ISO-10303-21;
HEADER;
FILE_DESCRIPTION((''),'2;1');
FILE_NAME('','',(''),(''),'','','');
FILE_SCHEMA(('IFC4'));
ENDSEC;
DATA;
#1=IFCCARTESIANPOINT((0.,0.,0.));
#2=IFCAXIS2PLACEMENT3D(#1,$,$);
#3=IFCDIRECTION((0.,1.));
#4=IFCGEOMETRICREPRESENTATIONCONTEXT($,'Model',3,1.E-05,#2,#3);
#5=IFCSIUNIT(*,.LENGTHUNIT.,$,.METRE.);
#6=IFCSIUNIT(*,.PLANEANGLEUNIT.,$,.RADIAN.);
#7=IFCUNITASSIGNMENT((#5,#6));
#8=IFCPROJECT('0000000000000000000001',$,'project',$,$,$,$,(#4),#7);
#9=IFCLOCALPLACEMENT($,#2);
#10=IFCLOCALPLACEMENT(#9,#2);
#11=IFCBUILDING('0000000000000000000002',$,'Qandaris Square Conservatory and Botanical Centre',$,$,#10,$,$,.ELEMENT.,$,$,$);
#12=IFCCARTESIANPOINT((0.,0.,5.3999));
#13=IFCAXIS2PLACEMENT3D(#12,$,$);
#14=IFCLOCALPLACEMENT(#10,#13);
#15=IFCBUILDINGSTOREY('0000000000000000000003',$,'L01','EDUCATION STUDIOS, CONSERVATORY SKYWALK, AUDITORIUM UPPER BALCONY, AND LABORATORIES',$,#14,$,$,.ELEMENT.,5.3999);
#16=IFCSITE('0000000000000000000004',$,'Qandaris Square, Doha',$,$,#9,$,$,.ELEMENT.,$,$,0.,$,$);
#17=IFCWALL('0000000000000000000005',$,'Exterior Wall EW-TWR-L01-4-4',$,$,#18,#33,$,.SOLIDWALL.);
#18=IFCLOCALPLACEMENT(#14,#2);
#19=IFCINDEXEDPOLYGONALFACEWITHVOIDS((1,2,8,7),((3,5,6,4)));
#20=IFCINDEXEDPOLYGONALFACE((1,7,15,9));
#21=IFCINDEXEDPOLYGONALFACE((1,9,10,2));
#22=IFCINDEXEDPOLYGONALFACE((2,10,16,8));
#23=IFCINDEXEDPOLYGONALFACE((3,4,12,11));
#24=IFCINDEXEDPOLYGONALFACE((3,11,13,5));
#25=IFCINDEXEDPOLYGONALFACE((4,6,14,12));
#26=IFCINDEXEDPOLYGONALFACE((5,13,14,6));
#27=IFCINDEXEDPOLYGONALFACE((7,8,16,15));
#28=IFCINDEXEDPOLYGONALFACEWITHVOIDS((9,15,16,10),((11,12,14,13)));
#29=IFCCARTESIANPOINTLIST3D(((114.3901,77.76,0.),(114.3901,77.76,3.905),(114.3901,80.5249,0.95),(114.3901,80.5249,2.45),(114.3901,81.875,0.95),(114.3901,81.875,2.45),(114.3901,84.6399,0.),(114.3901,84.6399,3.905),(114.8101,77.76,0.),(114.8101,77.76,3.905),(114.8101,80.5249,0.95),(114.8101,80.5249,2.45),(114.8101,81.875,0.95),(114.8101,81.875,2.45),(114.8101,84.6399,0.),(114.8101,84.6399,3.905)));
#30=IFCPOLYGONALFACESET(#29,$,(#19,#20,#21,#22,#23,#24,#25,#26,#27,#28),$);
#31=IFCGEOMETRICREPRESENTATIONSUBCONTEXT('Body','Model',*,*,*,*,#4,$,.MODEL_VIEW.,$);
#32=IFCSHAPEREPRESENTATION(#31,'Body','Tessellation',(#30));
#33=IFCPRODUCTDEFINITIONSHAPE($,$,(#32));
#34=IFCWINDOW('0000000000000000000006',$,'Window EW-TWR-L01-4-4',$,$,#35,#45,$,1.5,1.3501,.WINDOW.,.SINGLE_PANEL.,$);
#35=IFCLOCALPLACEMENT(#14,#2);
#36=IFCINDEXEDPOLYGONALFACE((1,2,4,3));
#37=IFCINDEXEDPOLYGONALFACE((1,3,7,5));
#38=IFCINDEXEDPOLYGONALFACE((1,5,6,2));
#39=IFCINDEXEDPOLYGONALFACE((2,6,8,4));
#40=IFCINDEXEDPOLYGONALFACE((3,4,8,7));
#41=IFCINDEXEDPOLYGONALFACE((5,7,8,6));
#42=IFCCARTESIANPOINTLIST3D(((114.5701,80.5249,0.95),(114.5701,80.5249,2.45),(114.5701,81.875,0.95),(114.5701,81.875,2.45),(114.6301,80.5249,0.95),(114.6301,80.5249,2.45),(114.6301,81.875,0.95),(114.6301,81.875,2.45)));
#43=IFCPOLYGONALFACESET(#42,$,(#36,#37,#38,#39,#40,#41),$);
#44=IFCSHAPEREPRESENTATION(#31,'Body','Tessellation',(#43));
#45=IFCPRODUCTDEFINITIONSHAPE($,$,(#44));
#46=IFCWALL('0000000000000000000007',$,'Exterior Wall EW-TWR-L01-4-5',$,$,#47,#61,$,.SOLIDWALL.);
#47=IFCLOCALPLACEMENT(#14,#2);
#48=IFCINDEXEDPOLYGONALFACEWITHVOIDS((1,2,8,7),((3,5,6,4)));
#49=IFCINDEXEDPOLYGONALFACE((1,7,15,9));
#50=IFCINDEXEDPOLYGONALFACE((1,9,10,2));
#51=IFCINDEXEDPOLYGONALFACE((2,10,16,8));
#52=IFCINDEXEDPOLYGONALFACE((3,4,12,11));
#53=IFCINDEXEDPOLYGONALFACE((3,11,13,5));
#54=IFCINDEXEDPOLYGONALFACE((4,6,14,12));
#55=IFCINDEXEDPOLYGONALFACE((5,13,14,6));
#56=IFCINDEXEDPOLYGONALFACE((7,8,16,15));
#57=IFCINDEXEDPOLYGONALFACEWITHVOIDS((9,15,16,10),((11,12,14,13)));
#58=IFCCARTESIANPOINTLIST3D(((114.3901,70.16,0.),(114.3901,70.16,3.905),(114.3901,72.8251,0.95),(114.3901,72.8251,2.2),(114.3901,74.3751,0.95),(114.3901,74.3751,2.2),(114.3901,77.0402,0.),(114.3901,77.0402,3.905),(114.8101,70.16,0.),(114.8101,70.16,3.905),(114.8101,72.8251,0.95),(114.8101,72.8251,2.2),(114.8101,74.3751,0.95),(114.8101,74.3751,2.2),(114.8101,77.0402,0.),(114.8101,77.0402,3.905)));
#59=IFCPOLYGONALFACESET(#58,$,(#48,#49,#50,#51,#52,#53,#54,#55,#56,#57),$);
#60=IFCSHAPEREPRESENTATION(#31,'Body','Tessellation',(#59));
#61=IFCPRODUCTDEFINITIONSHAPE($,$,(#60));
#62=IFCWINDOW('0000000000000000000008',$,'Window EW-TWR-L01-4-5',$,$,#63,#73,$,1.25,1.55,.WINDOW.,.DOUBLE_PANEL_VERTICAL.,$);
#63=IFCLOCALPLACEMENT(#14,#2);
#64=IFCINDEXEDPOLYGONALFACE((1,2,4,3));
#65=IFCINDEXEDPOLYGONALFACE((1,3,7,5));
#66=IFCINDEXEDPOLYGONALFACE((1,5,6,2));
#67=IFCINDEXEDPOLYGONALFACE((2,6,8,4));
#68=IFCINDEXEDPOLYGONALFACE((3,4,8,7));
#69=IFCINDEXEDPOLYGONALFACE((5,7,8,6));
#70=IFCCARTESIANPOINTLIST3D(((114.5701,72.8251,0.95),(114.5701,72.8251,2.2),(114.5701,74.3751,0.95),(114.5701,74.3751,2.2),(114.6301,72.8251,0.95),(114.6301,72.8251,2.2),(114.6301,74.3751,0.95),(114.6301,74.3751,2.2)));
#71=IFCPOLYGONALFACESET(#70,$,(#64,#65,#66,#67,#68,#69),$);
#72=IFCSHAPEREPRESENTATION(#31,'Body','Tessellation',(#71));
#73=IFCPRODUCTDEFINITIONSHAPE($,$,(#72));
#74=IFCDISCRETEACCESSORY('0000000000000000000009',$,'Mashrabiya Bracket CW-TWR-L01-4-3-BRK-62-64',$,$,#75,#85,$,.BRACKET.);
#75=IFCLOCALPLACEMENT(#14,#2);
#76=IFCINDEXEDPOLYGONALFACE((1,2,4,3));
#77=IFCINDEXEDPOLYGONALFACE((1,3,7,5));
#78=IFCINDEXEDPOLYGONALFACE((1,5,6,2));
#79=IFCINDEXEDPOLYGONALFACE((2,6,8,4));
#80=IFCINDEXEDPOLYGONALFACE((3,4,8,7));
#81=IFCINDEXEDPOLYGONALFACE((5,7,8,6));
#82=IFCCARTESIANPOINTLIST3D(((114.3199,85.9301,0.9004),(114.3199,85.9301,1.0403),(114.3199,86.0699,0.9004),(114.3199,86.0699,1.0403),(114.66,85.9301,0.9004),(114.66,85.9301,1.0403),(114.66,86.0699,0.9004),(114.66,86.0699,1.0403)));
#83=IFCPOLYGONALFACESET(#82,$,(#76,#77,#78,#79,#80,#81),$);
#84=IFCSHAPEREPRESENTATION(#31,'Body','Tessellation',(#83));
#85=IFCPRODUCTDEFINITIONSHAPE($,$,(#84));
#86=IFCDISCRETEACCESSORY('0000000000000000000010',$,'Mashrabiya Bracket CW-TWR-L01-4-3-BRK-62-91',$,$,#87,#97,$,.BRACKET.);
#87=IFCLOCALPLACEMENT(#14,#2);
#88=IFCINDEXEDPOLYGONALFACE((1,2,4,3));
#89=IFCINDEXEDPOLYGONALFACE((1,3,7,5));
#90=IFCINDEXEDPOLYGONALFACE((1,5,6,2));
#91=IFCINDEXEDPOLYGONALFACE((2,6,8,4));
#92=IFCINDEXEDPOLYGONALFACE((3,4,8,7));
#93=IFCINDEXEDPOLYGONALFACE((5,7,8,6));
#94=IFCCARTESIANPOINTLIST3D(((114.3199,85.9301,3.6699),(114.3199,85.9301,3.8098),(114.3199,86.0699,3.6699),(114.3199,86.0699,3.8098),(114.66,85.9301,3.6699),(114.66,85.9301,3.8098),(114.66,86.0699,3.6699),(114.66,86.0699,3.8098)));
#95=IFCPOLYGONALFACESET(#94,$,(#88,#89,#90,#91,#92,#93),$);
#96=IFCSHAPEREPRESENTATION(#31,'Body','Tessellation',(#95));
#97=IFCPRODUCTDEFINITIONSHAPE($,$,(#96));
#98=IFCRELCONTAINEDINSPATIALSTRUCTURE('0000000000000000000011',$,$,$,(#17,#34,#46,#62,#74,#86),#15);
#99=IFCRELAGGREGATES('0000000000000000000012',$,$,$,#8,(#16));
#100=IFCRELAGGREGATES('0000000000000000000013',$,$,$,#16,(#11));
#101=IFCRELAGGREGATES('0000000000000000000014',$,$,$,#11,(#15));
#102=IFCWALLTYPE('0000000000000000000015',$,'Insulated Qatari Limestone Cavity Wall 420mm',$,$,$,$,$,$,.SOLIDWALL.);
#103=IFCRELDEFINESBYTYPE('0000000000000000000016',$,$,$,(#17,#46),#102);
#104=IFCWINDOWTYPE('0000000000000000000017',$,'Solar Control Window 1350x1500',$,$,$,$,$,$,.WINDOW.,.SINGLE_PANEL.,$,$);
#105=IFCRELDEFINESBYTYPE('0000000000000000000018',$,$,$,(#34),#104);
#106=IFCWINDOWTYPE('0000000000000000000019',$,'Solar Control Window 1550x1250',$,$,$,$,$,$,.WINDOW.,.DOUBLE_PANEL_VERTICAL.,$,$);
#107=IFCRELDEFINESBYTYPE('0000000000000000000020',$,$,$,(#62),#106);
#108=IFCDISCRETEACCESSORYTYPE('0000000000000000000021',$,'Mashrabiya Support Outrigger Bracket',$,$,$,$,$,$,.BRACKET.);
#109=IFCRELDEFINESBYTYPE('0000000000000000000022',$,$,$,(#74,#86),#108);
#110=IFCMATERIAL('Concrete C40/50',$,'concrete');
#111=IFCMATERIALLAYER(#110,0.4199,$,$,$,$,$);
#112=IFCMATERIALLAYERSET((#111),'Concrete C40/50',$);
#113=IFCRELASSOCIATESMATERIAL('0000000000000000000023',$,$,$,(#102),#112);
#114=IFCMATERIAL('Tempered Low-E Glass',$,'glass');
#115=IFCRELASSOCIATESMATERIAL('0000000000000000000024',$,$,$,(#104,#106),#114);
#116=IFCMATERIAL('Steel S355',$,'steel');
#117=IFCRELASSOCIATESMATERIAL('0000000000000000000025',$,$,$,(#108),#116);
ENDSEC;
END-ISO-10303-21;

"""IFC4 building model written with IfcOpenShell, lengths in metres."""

from ifc_helpers import new_model, si_unit, direction, frame, frame_2d, origin, origin_2d, place, context, subcontext, project, spatial, rectangle, extrude, material, layer, layer_set, type_object, element, fill, save


model = new_model("IFC4")

# Units and contexts
model_context = context("Model", 3, precision=1e-05, world=origin(), true_north=direction((0.0, 1.0)))
body_context = subcontext(model_context, "Body", "Model", "MODEL_VIEW")
ifc_project = project(units=[si_unit("LENGTHUNIT", "METRE"), si_unit("PLANEANGLEUNIT", "RADIAN")], contexts=[model_context])

# Site, building, storey
site_placement = place(None, origin())
site = spatial("IfcSite", under=ifc_project, at=site_placement, Name="Qandaris Square, Doha", CompositionType="ELEMENT", RefElevation=0.0)
building_placement = place(site_placement, origin())
building = spatial("IfcBuilding", under=site, at=building_placement, Name="Qandaris Square Conservatory and Botanical Centre", CompositionType="ELEMENT")
storey_placement = place(building_placement, frame((0.0, 0.0, 5.3999)))
storey = spatial("IfcBuildingStorey", under=building, at=storey_placement, Name="L01", Description="EDUCATION STUDIOS, CONSERVATORY SKYWALK, AUDITORIUM UPPER BALCONY, AND LABORATORIES", CompositionType="ELEMENT", Elevation=5.3999)

# Shared definitions
ifc_material_1 = material(Name="Concrete C40/50", Category="concrete")

# Shared definitions
ifc_material_2 = material(Name="Tempered Low-E Glass", Category="glass")

# Walls, openings, windows
ifc_layer_1 = layer(ifc_material_1, 0.4199)
ifc_layer_set_1 = layer_set([ifc_layer_1], Name="Concrete C40/50")
wall_type = type_object("IfcWallType", Name="Insulated Qatari Limestone Cavity Wall 420mm", PredefinedType="SOLIDWALL", material=ifc_layer_set_1)
wall_1_placement = place(storey_placement, frame((114.6001, 84.6399, 0.0), z_axis=(0.0, 0.0, 1.0), x_axis=(0.0, -1.0, 0.0)))
wall_1 = element("IfcWall", 1, at=wall_1_placement, inside=storey, type_object=wall_type, Name="Exterior Wall EW-TWR-L01-4-4", PredefinedType="SOLIDWALL", context=body_context, shape_type="SweptSolid", body=[
    extrude(rectangle(XDim=6.8799, YDim=0.4199, at=frame_2d((3.4399, 0.0))), origin(), (0.0, 0.0, 1.0), 3.905),
])
opening_1_placement = place(wall_1_placement, frame((2.7649, 0.0, 0.95)))
opening_1 = element("IfcOpeningElement", 2, at=opening_1_placement, cuts=wall_1, PredefinedType="OPENING", context=body_context, shape_type="SweptSolid", body=[
    extrude(rectangle(XDim=1.3501, YDim=1.5, at=frame_2d((0.675, 0.75))), frame((0.0, 0.2219, 0.0), z_axis=(0.0, -1.0, 0.0), x_axis=(1.0, 0.0, 0.0)), (0.0, 0.0, 1.0), 0.4438),
])
window_type_1 = type_object("IfcWindowType", Name="Solar Control Window 1350x1500", PartitioningType="SINGLE_PANEL", PredefinedType="WINDOW", material=ifc_material_2)
window_1_placement = place(opening_1_placement, origin())
window_1 = element("IfcWindow", 3, at=window_1_placement, inside=storey, type_object=window_type_1, Name="Window EW-TWR-L01-4-4", OverallHeight=1.5, OverallWidth=1.3501, PartitioningType="SINGLE_PANEL", PredefinedType="WINDOW", context=body_context, shape_type="SweptSolid", body=[
    extrude(rectangle(XDim=1.3501, YDim=1.5, at=frame_2d((0.675, 0.75))), frame((0.0, 0.03, 0.0), z_axis=(0.0, -1.0, 0.0), x_axis=(1.0, 0.0, 0.0)), (0.0, 0.0, 1.0), 0.0601),
])
fill(opening_1, window_1)
wall_2_placement = place(storey_placement, frame((114.6001, 77.04, 0.0), z_axis=(0.0, 0.0, 1.0), x_axis=(0.0, -1.0, 0.0)))
wall_2 = element("IfcWall", 4, at=wall_2_placement, inside=storey, type_object=wall_type, Name="Exterior Wall EW-TWR-L01-4-5", PredefinedType="SOLIDWALL", context=body_context, shape_type="SweptSolid", body=[
    extrude(rectangle(XDim=6.8801, YDim=0.4199, at=frame_2d((3.4399, 0.0))), origin(), (0.0, 0.0, 1.0), 3.905),
])
opening_2_placement = place(wall_2_placement, frame((2.665, 0.0, 0.95)))
opening_2 = element("IfcOpeningElement", 5, at=opening_2_placement, cuts=wall_2, PredefinedType="OPENING", context=body_context, shape_type="SweptSolid", body=[
    extrude(rectangle(XDim=1.55, YDim=1.25, at=frame_2d((0.7749, 0.625))), frame((0.0, 0.2219, 0.0), z_axis=(0.0, -1.0, 0.0), x_axis=(1.0, 0.0, 0.0)), (0.0, 0.0, 1.0), 0.4438),
])
window_type_2 = type_object("IfcWindowType", Name="Solar Control Window 1550x1250", PartitioningType="DOUBLE_PANEL_VERTICAL", PredefinedType="WINDOW", material=ifc_material_2)
window_2_placement = place(opening_2_placement, origin())
window_2 = element("IfcWindow", 6, at=window_2_placement, inside=storey, type_object=window_type_2, Name="Window EW-TWR-L01-4-5", OverallHeight=1.25, OverallWidth=1.55, PartitioningType="DOUBLE_PANEL_VERTICAL", PredefinedType="WINDOW", context=body_context, shape_type="SweptSolid", body=[
    extrude(rectangle(XDim=1.55, YDim=1.25, at=frame_2d((0.7749, 0.625))), frame((0.0, 0.03, 0.0), z_axis=(0.0, -1.0, 0.0), x_axis=(1.0, 0.0, 0.0)), (0.0, 0.0, 1.0), 0.0601),
])
fill(opening_2, window_2)

# Discrete accessories
ifc_material_3 = material(Name="Steel S355", Category="steel")
discrete_accessory_type = type_object("IfcDiscreteAccessoryType", Name="Mashrabiya Support Outrigger Bracket", PredefinedType="BRACKET", material=ifc_material_3)
for number, where, z_axis, x_axis, name in (
    (7, (114.49, 86.0, 0.9004), (0.0, 0.0, 1.0), (0.0, -1.0, 0.0), "Mashrabiya Bracket CW-TWR-L01-4-3-BRK-62-64"),
    (8, (114.49, 86.0, 3.6699), (0.0, 0.0, 1.0), (0.0, -1.0, 0.0), "Mashrabiya Bracket CW-TWR-L01-4-3-BRK-62-91"),
):
    element("IfcDiscreteAccessory", number, at=place(storey_placement, frame(where, z_axis=z_axis, x_axis=x_axis)), inside=storey, type_object=discrete_accessory_type, Name=name, PredefinedType="BRACKET", context=body_context, shape_type="SweptSolid", body=[
        extrude(rectangle(XDim=0.1399, YDim=0.3401, at=origin_2d()), origin(), (0.0, 0.0, 1.0), 0.1399),
    ])

save(model, "model.ifc")
